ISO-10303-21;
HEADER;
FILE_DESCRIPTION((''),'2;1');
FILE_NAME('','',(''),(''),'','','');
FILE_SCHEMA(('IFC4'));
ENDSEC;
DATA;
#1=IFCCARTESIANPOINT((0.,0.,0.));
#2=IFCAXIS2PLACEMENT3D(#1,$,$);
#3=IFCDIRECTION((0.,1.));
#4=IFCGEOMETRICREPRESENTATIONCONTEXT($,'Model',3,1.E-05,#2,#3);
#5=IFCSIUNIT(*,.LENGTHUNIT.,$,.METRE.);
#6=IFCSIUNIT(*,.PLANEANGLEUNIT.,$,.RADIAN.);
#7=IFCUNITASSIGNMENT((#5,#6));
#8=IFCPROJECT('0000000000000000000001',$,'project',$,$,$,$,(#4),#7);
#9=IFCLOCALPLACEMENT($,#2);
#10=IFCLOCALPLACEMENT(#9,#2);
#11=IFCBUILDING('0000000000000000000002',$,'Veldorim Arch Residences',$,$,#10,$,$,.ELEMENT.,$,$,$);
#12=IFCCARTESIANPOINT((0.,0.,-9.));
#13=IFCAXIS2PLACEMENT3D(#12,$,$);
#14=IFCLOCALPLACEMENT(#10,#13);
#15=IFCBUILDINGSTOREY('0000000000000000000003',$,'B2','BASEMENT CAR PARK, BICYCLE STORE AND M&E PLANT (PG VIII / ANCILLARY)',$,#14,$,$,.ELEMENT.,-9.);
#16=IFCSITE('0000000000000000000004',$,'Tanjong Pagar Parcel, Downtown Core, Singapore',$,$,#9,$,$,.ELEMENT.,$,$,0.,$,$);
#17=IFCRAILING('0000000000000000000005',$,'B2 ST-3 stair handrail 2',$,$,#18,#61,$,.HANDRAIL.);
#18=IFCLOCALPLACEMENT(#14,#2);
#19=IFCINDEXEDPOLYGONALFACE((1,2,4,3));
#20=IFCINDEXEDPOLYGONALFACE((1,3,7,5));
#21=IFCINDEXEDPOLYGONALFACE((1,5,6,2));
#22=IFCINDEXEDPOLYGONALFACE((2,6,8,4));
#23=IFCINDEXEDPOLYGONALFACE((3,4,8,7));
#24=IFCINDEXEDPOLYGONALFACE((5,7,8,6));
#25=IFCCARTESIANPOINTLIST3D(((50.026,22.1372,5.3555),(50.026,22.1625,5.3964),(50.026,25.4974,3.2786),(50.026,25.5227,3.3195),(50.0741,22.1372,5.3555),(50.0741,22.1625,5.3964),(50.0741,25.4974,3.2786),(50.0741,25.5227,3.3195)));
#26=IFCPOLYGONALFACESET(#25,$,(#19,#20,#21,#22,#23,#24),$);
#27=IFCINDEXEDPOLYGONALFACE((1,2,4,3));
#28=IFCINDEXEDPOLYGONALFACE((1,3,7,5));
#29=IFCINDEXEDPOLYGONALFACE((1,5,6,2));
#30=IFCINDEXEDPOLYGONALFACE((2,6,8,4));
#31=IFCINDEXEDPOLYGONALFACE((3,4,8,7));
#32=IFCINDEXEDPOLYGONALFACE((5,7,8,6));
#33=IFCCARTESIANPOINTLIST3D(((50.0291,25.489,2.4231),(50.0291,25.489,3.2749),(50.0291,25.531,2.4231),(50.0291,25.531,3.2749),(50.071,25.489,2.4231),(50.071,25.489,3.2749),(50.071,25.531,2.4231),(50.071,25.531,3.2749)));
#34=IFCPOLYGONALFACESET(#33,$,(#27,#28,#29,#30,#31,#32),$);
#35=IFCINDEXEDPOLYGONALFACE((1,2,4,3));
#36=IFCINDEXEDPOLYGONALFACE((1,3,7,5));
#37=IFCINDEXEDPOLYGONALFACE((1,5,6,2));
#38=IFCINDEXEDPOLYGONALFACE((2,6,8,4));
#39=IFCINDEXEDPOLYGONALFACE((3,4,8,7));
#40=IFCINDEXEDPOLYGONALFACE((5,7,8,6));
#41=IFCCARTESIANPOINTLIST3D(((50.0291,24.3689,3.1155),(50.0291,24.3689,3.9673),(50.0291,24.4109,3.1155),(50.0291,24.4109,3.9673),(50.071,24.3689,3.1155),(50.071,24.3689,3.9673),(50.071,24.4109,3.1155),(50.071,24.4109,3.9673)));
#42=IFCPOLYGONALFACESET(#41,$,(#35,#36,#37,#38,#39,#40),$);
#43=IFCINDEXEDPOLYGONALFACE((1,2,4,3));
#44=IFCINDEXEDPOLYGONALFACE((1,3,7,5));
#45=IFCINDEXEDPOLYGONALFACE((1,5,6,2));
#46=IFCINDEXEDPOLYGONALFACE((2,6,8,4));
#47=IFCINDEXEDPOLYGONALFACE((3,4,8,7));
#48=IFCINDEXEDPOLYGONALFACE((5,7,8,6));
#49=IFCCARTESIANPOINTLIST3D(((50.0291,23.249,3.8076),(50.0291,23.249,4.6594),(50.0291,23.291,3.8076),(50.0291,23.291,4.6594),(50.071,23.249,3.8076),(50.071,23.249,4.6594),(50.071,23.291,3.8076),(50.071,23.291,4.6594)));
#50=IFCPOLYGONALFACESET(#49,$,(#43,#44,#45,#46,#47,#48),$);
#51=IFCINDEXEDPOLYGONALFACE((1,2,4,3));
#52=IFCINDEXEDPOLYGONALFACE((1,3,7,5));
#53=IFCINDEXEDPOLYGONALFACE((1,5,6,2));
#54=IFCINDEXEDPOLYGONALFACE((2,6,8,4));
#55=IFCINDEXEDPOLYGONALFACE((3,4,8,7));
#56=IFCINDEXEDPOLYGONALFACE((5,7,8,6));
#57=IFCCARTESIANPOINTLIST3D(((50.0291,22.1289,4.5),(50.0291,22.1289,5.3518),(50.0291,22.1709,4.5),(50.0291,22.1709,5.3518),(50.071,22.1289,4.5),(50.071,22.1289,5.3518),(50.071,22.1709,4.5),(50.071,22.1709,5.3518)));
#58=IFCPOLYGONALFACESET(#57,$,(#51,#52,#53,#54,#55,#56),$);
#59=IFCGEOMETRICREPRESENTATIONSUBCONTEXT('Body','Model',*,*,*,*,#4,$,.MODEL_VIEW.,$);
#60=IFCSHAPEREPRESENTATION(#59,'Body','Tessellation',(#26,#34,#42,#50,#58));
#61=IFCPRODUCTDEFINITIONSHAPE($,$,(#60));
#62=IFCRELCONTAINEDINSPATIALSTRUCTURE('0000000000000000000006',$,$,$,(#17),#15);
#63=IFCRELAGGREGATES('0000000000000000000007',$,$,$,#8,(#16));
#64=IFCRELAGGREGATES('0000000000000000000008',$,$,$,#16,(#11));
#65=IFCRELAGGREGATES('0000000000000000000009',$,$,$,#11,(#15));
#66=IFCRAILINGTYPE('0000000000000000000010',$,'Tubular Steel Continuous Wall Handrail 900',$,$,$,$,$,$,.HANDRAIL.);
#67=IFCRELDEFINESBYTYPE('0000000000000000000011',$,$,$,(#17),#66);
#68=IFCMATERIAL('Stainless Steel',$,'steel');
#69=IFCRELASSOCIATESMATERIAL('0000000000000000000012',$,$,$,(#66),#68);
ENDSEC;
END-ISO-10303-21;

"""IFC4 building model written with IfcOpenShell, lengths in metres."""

from ifc_helpers import new_model, si_unit, direction, frame, origin, origin_2d, place, context, subcontext, project, spatial, rectangle, extrude, material, type_object, element, save


model = new_model("IFC4")

# Units and contexts
model_context = context("Model", 3, precision=1e-05, world=origin(), true_north=direction((0.0, 1.0)))
body_context = subcontext(model_context, "Body", "Model", "MODEL_VIEW")
ifc_project = project(units=[si_unit("LENGTHUNIT", "METRE"), si_unit("PLANEANGLEUNIT", "RADIAN")], contexts=[model_context])

# Site, building, storey
site_placement = place(None, origin())
site = spatial("IfcSite", under=ifc_project, at=site_placement, Name="Tanjong Pagar Parcel, Downtown Core, Singapore", CompositionType="ELEMENT", RefElevation=0.0)
building_placement = place(site_placement, origin())
building = spatial("IfcBuilding", under=site, at=building_placement, Name="Veldorim Arch Residences", CompositionType="ELEMENT")
storey_placement = place(building_placement, frame((0.0, 0.0, -9.0)))
storey = spatial("IfcBuildingStorey", under=building, at=storey_placement, Name="B2", Description="BASEMENT CAR PARK, BICYCLE STORE AND M&E PLANT (PG VIII / ANCILLARY)", CompositionType="ELEMENT", Elevation=-9.0)

# Railing
ifc_material_1 = material(Name="Stainless Steel", Category="steel")
railing_type_1 = type_object("IfcRailingType", Name="Tubular Steel Continuous Wall Handrail 900", PredefinedType="HANDRAIL", material=ifc_material_1)
railing_1_placement = place(storey_placement, frame((50.05, 25.51, 2.4231)))
element("IfcRailing", 1, at=railing_1_placement, inside=storey, type_object=railing_type_1, Name="B2 ST-3 stair handrail 2", PredefinedType="HANDRAIL", context=body_context, shape_type="SweptSolid", body=[
    extrude(rectangle(XDim=0.0481, YDim=0.0481, at=origin_2d()), frame((0.0, 0.0, 0.876), z_axis=(0.0, -0.850623, 0.525776), x_axis=(1.0, 0.0, 0.0)), (0.0, 0.0, 1.0), 3.9502),
    extrude(rectangle(XDim=0.042, YDim=0.042, at=origin_2d()), origin(), (0.0, 0.0, 1.0), 0.8518),
    extrude(rectangle(XDim=0.042, YDim=0.042, at=origin_2d()), frame((0.0, -1.1201, 0.6924)), (0.0, 0.0, 1.0), 0.8518),
    extrude(rectangle(XDim=0.042, YDim=0.042, at=origin_2d()), frame((0.0, -2.24, 1.3845)), (0.0, 0.0, 1.0), 0.8518),
    extrude(rectangle(XDim=0.042, YDim=0.042, at=origin_2d()), frame((0.0, -3.3601, 2.0769)), (0.0, 0.0, 1.0), 0.8518),
])

save(model, "model.ifc")
